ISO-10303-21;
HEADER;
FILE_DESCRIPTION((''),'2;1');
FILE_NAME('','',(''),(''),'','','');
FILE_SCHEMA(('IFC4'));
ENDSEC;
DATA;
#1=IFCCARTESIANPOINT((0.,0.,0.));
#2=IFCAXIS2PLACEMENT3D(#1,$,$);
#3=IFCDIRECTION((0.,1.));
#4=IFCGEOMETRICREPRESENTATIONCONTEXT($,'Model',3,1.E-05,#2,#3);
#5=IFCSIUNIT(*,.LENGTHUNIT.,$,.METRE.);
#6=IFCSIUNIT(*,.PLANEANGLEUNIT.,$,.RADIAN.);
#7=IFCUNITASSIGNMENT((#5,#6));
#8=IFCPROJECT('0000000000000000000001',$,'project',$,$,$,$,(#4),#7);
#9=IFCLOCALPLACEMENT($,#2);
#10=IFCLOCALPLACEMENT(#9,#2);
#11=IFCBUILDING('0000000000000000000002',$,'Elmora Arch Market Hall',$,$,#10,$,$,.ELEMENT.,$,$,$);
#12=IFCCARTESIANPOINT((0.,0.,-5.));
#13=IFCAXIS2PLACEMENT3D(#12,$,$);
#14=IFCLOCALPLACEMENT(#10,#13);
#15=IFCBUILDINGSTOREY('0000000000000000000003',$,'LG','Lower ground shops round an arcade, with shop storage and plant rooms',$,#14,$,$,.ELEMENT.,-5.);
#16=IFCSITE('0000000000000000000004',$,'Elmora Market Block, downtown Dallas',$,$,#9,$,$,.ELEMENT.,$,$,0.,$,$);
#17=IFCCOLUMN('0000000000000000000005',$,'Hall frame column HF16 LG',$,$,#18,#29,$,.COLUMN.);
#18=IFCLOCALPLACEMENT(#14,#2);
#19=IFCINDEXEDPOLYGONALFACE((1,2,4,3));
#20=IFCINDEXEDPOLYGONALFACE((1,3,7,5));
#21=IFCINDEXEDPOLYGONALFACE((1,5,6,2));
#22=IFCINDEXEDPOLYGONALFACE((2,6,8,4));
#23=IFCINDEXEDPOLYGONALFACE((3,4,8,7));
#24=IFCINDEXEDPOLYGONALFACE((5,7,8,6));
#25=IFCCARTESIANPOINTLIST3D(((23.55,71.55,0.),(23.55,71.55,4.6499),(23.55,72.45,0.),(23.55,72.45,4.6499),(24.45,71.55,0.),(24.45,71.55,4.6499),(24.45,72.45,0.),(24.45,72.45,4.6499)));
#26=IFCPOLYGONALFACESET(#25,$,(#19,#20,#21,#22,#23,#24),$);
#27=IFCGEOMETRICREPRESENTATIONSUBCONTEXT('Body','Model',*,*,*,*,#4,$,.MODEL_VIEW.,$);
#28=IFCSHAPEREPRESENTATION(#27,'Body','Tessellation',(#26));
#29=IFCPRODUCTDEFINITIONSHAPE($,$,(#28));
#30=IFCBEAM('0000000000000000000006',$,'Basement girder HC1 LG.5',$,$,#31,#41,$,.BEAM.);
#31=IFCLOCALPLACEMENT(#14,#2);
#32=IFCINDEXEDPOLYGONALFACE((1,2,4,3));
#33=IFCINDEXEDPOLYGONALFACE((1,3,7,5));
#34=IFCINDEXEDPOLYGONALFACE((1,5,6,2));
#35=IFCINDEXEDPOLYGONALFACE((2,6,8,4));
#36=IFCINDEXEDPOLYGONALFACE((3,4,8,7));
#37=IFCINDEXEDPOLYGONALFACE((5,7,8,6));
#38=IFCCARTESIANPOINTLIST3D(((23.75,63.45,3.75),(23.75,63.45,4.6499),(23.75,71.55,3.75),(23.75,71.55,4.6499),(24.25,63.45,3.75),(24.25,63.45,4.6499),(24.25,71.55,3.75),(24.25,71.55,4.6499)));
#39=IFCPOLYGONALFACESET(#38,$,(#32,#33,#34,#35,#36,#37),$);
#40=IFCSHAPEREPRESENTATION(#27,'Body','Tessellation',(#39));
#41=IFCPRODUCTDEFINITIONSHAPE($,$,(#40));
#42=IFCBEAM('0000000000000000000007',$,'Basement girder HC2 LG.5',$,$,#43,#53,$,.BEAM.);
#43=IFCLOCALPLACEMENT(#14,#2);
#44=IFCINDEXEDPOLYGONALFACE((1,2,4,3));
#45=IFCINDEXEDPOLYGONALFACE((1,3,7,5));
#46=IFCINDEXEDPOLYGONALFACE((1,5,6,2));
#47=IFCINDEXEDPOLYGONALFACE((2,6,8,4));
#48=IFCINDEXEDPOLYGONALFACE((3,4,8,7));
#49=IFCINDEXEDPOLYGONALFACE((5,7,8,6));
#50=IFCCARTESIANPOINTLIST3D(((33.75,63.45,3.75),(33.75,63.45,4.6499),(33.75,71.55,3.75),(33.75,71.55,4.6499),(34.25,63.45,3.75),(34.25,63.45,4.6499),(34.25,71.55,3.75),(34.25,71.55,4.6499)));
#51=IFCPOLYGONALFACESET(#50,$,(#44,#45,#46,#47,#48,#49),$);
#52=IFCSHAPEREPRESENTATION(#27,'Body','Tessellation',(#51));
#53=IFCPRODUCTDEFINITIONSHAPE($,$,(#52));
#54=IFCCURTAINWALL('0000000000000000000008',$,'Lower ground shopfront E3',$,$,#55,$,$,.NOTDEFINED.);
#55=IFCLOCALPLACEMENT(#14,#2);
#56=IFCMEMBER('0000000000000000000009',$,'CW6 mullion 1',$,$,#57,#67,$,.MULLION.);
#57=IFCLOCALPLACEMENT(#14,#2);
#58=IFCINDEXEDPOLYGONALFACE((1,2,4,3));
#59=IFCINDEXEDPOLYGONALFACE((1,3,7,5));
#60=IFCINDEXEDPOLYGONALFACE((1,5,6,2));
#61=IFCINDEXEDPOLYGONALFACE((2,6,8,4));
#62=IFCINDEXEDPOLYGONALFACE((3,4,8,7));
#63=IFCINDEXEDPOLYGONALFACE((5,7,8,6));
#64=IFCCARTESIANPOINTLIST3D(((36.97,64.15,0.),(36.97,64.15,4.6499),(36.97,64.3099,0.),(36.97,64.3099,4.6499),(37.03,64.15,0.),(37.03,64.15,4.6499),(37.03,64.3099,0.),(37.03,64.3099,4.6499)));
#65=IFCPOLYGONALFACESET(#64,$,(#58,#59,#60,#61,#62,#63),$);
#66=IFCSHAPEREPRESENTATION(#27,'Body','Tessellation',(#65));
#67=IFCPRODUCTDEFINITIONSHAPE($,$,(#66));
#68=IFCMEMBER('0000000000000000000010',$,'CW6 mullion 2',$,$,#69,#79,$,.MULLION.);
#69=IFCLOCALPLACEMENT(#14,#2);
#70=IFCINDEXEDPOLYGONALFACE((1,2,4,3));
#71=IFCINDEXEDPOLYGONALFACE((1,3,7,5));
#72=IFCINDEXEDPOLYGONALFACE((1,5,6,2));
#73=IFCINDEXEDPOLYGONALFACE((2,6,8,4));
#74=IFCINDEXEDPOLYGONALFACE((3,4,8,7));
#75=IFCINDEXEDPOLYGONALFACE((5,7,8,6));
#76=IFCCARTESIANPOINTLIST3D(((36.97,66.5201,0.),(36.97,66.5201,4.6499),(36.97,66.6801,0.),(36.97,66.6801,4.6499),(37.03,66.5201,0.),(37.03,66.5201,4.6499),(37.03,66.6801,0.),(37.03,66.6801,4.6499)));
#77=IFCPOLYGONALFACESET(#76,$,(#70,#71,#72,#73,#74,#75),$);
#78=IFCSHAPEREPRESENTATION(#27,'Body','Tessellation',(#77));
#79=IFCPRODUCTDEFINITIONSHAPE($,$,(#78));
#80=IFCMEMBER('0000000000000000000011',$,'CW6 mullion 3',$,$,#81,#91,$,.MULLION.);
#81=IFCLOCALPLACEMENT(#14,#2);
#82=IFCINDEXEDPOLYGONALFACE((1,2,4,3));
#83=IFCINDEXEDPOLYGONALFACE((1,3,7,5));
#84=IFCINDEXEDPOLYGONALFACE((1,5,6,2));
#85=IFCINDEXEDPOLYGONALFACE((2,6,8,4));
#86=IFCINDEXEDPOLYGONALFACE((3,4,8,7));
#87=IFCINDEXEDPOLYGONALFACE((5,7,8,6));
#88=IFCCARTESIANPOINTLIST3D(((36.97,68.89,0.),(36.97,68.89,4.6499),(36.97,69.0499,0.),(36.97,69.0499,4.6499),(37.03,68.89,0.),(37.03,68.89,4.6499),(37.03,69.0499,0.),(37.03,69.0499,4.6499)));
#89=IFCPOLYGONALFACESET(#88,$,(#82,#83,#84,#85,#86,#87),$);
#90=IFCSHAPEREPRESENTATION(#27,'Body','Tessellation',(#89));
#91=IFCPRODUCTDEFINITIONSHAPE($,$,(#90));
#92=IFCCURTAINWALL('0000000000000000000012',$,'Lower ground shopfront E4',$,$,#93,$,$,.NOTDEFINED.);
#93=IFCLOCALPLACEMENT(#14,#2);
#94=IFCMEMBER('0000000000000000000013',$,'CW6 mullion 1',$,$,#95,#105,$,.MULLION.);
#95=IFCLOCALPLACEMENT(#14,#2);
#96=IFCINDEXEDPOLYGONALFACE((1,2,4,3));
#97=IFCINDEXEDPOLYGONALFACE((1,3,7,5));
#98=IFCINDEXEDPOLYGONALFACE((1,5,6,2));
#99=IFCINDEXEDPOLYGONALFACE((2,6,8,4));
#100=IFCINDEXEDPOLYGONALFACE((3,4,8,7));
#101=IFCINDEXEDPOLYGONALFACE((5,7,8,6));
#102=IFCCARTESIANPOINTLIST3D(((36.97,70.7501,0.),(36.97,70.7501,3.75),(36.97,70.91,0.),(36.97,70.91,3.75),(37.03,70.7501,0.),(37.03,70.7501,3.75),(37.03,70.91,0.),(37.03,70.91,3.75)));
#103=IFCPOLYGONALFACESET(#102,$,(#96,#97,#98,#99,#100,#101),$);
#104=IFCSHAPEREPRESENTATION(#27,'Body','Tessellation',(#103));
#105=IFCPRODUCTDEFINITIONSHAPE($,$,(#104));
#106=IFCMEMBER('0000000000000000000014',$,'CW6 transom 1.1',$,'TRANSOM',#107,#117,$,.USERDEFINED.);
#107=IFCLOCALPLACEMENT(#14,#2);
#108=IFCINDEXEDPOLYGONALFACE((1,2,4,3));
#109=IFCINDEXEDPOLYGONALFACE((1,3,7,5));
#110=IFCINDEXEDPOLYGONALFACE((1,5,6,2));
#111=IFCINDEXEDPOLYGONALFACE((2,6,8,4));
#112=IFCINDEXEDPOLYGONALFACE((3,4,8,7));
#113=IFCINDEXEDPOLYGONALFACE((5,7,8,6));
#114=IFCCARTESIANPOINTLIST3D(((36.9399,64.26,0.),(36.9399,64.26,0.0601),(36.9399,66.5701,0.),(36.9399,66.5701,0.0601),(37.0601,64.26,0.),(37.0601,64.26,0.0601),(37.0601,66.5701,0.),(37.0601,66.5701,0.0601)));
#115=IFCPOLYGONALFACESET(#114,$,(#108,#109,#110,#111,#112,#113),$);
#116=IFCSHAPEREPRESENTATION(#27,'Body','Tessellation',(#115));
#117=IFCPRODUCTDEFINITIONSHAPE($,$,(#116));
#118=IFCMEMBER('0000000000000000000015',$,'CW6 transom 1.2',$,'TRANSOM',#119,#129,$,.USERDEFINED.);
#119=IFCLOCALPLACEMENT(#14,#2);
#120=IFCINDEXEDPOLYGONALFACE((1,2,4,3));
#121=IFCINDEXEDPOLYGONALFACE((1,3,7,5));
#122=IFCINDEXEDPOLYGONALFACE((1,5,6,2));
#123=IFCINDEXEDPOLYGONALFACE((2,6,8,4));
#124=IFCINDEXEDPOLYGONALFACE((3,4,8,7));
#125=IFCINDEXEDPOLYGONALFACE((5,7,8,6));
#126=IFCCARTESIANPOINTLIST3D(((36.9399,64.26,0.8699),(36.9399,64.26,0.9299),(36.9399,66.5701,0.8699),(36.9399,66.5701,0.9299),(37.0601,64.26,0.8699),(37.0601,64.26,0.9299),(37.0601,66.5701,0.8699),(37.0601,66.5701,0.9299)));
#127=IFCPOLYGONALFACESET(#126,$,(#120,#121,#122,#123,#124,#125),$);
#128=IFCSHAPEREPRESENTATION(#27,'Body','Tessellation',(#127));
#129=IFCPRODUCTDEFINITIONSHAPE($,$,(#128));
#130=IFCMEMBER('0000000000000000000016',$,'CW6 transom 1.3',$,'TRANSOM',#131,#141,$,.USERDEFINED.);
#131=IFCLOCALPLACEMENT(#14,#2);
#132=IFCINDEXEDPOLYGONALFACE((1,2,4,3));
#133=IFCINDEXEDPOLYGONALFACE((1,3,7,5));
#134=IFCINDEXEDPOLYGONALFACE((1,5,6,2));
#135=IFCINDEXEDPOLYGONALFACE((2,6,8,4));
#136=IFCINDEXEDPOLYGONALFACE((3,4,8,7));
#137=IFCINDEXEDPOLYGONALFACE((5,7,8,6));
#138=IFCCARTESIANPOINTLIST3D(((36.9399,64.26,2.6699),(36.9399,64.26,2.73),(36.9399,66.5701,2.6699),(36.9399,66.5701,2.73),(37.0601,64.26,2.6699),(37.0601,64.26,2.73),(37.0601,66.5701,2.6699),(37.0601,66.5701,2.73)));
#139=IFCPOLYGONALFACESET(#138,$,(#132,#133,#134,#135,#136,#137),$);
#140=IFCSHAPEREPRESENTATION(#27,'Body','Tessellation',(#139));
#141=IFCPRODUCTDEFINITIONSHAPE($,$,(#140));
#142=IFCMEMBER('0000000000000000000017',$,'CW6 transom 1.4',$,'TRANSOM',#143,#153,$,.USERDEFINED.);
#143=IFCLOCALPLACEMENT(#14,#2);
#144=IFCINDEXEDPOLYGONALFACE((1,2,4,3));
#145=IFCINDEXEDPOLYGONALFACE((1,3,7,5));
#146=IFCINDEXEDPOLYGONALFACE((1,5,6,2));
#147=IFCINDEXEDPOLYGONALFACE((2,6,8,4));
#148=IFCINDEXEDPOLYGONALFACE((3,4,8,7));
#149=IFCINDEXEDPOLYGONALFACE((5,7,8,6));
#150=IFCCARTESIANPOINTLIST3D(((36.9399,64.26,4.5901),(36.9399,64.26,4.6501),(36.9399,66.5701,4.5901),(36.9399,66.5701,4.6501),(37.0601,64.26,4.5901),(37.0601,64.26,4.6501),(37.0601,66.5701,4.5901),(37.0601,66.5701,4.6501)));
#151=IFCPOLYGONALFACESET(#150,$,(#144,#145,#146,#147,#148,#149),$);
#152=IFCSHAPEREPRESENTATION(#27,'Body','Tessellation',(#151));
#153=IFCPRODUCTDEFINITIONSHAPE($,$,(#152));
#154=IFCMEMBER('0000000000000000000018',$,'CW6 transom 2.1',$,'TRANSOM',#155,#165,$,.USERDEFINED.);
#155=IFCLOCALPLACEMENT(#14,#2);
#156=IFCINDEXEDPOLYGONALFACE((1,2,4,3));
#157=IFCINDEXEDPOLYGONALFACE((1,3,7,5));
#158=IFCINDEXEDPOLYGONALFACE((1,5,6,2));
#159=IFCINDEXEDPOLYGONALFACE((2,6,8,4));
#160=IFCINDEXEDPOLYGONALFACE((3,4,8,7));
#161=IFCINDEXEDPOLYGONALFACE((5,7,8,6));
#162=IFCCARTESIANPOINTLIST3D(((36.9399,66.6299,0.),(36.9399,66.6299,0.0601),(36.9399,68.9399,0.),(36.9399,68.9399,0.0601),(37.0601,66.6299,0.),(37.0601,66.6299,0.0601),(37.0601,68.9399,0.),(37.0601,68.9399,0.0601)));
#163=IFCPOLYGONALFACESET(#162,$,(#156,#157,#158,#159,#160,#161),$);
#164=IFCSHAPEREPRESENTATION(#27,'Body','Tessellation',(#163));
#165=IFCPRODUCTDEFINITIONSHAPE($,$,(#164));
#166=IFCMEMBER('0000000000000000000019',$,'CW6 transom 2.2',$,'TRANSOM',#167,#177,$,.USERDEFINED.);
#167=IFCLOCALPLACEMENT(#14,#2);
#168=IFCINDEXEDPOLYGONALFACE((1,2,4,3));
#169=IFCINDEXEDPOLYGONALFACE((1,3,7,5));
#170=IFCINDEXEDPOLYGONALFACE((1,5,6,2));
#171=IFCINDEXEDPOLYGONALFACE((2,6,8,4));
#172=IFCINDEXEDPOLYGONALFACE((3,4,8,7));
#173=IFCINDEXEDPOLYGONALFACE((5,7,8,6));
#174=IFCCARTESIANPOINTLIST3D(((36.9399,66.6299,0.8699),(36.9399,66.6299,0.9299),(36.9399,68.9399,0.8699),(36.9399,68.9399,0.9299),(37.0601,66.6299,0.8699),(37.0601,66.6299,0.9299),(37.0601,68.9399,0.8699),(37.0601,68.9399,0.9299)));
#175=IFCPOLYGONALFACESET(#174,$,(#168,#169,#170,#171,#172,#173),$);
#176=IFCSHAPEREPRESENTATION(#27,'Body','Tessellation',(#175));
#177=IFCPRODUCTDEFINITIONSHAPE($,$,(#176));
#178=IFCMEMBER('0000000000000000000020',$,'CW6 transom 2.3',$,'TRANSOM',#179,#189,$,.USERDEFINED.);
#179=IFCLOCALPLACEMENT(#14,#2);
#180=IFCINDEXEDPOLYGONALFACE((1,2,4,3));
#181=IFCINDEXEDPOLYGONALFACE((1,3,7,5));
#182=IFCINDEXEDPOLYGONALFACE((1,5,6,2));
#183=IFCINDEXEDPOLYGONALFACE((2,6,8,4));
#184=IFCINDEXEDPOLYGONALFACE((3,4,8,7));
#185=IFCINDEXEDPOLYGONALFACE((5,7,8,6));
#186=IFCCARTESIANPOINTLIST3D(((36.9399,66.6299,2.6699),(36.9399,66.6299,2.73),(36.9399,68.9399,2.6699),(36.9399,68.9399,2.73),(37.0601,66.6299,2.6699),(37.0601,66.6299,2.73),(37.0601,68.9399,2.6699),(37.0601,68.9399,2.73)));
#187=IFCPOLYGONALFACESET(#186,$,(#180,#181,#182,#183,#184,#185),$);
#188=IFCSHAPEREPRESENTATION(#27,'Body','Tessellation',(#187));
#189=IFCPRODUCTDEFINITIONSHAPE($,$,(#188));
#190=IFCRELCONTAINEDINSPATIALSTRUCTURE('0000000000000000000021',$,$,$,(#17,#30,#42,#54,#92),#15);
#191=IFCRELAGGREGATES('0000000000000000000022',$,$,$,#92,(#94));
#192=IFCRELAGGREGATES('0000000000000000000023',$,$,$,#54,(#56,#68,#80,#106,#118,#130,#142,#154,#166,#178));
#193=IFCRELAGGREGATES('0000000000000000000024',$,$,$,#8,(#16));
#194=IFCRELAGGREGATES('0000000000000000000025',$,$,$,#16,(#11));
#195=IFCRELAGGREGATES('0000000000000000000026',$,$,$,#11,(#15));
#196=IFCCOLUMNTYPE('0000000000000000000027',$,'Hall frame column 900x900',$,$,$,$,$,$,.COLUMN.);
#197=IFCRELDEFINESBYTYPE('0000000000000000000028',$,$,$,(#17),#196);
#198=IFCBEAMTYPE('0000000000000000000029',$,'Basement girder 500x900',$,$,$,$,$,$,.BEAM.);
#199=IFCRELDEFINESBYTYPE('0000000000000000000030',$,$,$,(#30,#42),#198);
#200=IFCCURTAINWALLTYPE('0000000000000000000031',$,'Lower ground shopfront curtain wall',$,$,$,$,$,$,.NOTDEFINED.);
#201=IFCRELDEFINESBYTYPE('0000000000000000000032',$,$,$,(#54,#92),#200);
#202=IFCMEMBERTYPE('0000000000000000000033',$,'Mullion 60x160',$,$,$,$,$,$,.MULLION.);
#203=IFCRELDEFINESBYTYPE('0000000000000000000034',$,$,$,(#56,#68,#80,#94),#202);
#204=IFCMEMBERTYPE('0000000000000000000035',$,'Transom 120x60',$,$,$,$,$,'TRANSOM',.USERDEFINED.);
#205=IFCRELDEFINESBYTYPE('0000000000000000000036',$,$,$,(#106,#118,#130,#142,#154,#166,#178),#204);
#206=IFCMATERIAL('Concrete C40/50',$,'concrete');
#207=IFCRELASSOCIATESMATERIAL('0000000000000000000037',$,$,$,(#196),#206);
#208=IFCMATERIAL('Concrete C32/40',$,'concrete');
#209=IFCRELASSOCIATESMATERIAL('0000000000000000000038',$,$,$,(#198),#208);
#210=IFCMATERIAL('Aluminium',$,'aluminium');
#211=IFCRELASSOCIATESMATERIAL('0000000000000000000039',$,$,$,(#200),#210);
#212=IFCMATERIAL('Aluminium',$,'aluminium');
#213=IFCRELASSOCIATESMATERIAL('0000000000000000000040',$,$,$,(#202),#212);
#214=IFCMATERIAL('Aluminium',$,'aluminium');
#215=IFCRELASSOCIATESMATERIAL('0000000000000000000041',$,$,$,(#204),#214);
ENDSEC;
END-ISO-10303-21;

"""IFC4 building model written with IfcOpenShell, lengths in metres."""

from ifc_helpers import new_model, si_unit, direction, frame, origin, origin_2d, place, context, subcontext, project, spatial, rectangle, extrude, material, material_profile, profile_set, type_object, element, aggregate, save


model = new_model("IFC4")

# Units and contexts
model_context = context("Model", 3, precision=1e-05, world=origin(), true_north=direction((0.0, 1.0)))
body_context = subcontext(model_context, "Body", "Model", "MODEL_VIEW")
ifc_project = project(units=[si_unit("LENGTHUNIT", "METRE"), si_unit("PLANEANGLEUNIT", "RADIAN")], contexts=[model_context])

# Site, building, storey
site_placement = place(None, origin())
site = spatial("IfcSite", under=ifc_project, at=site_placement, Name="Elmora Market Block, downtown Dallas", CompositionType="ELEMENT", RefElevation=0.0)
building_placement = place(site_placement, origin())
building = spatial("IfcBuilding", under=site, at=building_placement, Name="Elmora Arch Market Hall", CompositionType="ELEMENT")
storey_placement = place(building_placement, frame((0.0, 0.0, -5.0)))
storey = spatial("IfcBuildingStorey", under=building, at=storey_placement, Name="LG", Description="Lower ground shops round an arcade, with shop storage and plant rooms", CompositionType="ELEMENT", Elevation=-5.0)

# Column
ifc_material_1 = material(Name="Concrete C40/50", Category="concrete")
ifc_material_profile_1 = material_profile(ifc_material_1, rectangle(XDim=0.8999, YDim=0.8999, at=origin_2d()), Name="Hall frame column 900x900")
ifc_profile_set_1 = profile_set([ifc_material_profile_1], Name="Concrete C40/50")
column_type = type_object("IfcColumnType", Name="Hall frame column 900x900", PredefinedType="COLUMN", material=ifc_profile_set_1)
column_placement = place(storey_placement, frame((24.0, 72.0, 0.0), z_axis=(0.0, 0.0, 1.0), x_axis=(1.0, 0.0, 0.0)))
element("IfcColumn", 1, at=column_placement, inside=storey, type_object=column_type, Name="Hall frame column HF16 LG", PredefinedType="COLUMN", context=body_context, shape_type="SweptSolid", body=[
    extrude(rectangle(XDim=0.8999, YDim=0.8999, at=origin_2d()), origin(), (0.0, 0.0, 1.0), 4.6499),
])

# Beams
ifc_material_2 = material(Name="Concrete C32/40", Category="concrete")
ifc_material_profile_2 = material_profile(ifc_material_2, rectangle(XDim=0.5, YDim=0.8999, at=origin_2d()), Name="Basement girder 500x900")
ifc_profile_set_2 = profile_set([ifc_material_profile_2], Name="Concrete C32/40")
beam_type = type_object("IfcBeamType", Name="Basement girder 500x900", PredefinedType="BEAM", material=ifc_profile_set_2)
for number, where, z_axis, x_axis, name in (
    (2, (24.0, 63.45, 4.2), (0.0, 1.0, 0.0), (-1.0, 0.0, 0.0), "Basement girder HC1 LG.5"),
    (3, (34.0, 63.45, 4.2), (0.0, 1.0, 0.0), (-1.0, 0.0, 0.0), "Basement girder HC2 LG.5"),
):
    element("IfcBeam", number, at=place(storey_placement, frame(where, z_axis=z_axis, x_axis=x_axis)), inside=storey, type_object=beam_type, Name=name, PredefinedType="BEAM", context=body_context, shape_type="SweptSolid", body=[
        extrude(rectangle(XDim=0.5, YDim=0.8999, at=origin_2d()), origin(), (0.0, 0.0, 1.0), 8.1001),
    ])

# Curtain wall, members
ifc_material_3 = material(Name="Aluminium", Category="aluminium")
curtain_wall_type = type_object("IfcCurtainWallType", Name="Lower ground shopfront curtain wall", PredefinedType="NOTDEFINED", material=ifc_material_3)
curtain_wall_1_placement = place(storey_placement, origin())
curtain_wall_1 = element("IfcCurtainWall", 4, at=curtain_wall_1_placement, inside=storey, type_object=curtain_wall_type, Name="Lower ground shopfront E3", PredefinedType="NOTDEFINED")
ifc_material_4 = material(Name="Aluminium", Category="aluminium")
ifc_material_profile_3 = material_profile(ifc_material_4, rectangle(XDim=0.0601, YDim=0.1599, at=origin_2d()), Name="AL 60x160")
ifc_profile_set_3 = profile_set([ifc_material_profile_3], Name="Aluminium")
member_type_1 = type_object("IfcMemberType", Name="Mullion 60x160", PredefinedType="MULLION", material=ifc_profile_set_3)
member_1_placement = place(storey_placement, frame((37.0, 64.23, 0.0), z_axis=(0.0, 0.0, 1.0), x_axis=(-1.0, 0.0, 0.0)))
member_1 = element("IfcMember", 5, at=member_1_placement, type_object=member_type_1, Name="CW6 mullion 1", PredefinedType="MULLION", context=body_context, shape_type="SweptSolid", body=[
    extrude(rectangle(XDim=0.0601, YDim=0.1599, at=origin_2d()), origin(), (0.0, 0.0, 1.0), 4.6499),
])
member_2_placement = place(storey_placement, frame((37.0, 66.6001, 0.0), z_axis=(0.0, 0.0, 1.0), x_axis=(-1.0, 0.0, 0.0)))
member_2 = element("IfcMember", 6, at=member_2_placement, type_object=member_type_1, Name="CW6 mullion 2", PredefinedType="MULLION", context=body_context, shape_type="SweptSolid", body=[
    extrude(rectangle(XDim=0.0601, YDim=0.1599, at=origin_2d()), origin(), (0.0, 0.0, 1.0), 4.6499),
])
member_3_placement = place(storey_placement, frame((37.0, 68.97, 0.0), z_axis=(0.0, 0.0, 1.0), x_axis=(-1.0, 0.0, 0.0)))
member_3 = element("IfcMember", 7, at=member_3_placement, type_object=member_type_1, Name="CW6 mullion 3", PredefinedType="MULLION", context=body_context, shape_type="SweptSolid", body=[
    extrude(rectangle(XDim=0.0601, YDim=0.1599, at=origin_2d()), origin(), (0.0, 0.0, 1.0), 4.6499),
])

# Curtain wall, member
curtain_wall_2_placement = place(storey_placement, origin())
curtain_wall_2 = element("IfcCurtainWall", 8, at=curtain_wall_2_placement, inside=storey, type_object=curtain_wall_type, Name="Lower ground shopfront E4", PredefinedType="NOTDEFINED")
member_4_placement = place(storey_placement, frame((37.0, 70.8301, 0.0), z_axis=(0.0, 0.0, 1.0), x_axis=(-1.0, 0.0, 0.0)))
member_4 = element("IfcMember", 9, at=member_4_placement, type_object=member_type_1, Name="CW6 mullion 1", PredefinedType="MULLION", context=body_context, shape_type="SweptSolid", body=[
    extrude(rectangle(XDim=0.0601, YDim=0.1599, at=origin_2d()), origin(), (0.0, 0.0, 1.0), 3.75),
])

# Members
ifc_material_5 = material(Name="Aluminium", Category="aluminium")
ifc_material_profile_4 = material_profile(ifc_material_5, rectangle(XDim=0.1201, YDim=0.0601, at=origin_2d()), Name="AL 120x60")
ifc_profile_set_4 = profile_set([ifc_material_profile_4], Name="Aluminium")
member_type_2 = type_object("IfcMemberType", Name="Transom 120x60", ElementType="TRANSOM", PredefinedType="USERDEFINED", material=ifc_profile_set_4)
member_5_placement = place(storey_placement, frame((37.0, 64.26, 0.03), z_axis=(0.0, 1.0, 0.0), x_axis=(-1.0, 0.0, 0.0)))
member_5 = element("IfcMember", 10, at=member_5_placement, type_object=member_type_2, Name="CW6 transom 1.1", ObjectType="TRANSOM", PredefinedType="USERDEFINED", context=body_context, shape_type="SweptSolid", body=[
    extrude(rectangle(XDim=0.1201, YDim=0.0601, at=origin_2d()), origin(), (0.0, 0.0, 1.0), 2.3101),
])
member_6_placement = place(storey_placement, frame((37.0, 64.26, 0.8999), z_axis=(0.0, 1.0, 0.0), x_axis=(-1.0, 0.0, 0.0)))
member_6 = element("IfcMember", 11, at=member_6_placement, type_object=member_type_2, Name="CW6 transom 1.2", ObjectType="TRANSOM", PredefinedType="USERDEFINED", context=body_context, shape_type="SweptSolid", body=[
    extrude(rectangle(XDim=0.1201, YDim=0.0601, at=origin_2d()), origin(), (0.0, 0.0, 1.0), 2.3101),
])
member_7_placement = place(storey_placement, frame((37.0, 64.26, 2.7), z_axis=(0.0, 1.0, 0.0), x_axis=(-1.0, 0.0, 0.0)))
member_7 = element("IfcMember", 12, at=member_7_placement, type_object=member_type_2, Name="CW6 transom 1.3", ObjectType="TRANSOM", PredefinedType="USERDEFINED", context=body_context, shape_type="SweptSolid", body=[
    extrude(rectangle(XDim=0.1201, YDim=0.0601, at=origin_2d()), origin(), (0.0, 0.0, 1.0), 2.3101),
])
member_8_placement = place(storey_placement, frame((37.0, 64.26, 4.6201), z_axis=(0.0, 1.0, 0.0), x_axis=(-1.0, 0.0, 0.0)))
member_8 = element("IfcMember", 13, at=member_8_placement, type_object=member_type_2, Name="CW6 transom 1.4", ObjectType="TRANSOM", PredefinedType="USERDEFINED", context=body_context, shape_type="SweptSolid", body=[
    extrude(rectangle(XDim=0.1201, YDim=0.0601, at=origin_2d()), origin(), (0.0, 0.0, 1.0), 2.3101),
])
member_9_placement = place(storey_placement, frame((37.0, 66.6299, 0.03), z_axis=(0.0, 1.0, 0.0), x_axis=(-1.0, 0.0, 0.0)))
member_9 = element("IfcMember", 14, at=member_9_placement, type_object=member_type_2, Name="CW6 transom 2.1", ObjectType="TRANSOM", PredefinedType="USERDEFINED", context=body_context, shape_type="SweptSolid", body=[
    extrude(rectangle(XDim=0.1201, YDim=0.0601, at=origin_2d()), origin(), (0.0, 0.0, 1.0), 2.3101),
])
member_10_placement = place(storey_placement, frame((37.0, 66.6299, 0.8999), z_axis=(0.0, 1.0, 0.0), x_axis=(-1.0, 0.0, 0.0)))
member_10 = element("IfcMember", 15, at=member_10_placement, type_object=member_type_2, Name="CW6 transom 2.2", ObjectType="TRANSOM", PredefinedType="USERDEFINED", context=body_context, shape_type="SweptSolid", body=[
    extrude(rectangle(XDim=0.1201, YDim=0.0601, at=origin_2d()), origin(), (0.0, 0.0, 1.0), 2.3101),
])
member_11_placement = place(storey_placement, frame((37.0, 66.6299, 2.7), z_axis=(0.0, 1.0, 0.0), x_axis=(-1.0, 0.0, 0.0)))
member_11 = element("IfcMember", 16, at=member_11_placement, type_object=member_type_2, Name="CW6 transom 2.3", ObjectType="TRANSOM", PredefinedType="USERDEFINED", context=body_context, shape_type="SweptSolid", body=[
    extrude(rectangle(XDim=0.1201, YDim=0.0601, at=origin_2d()), origin(), (0.0, 0.0, 1.0), 2.3101),
])
aggregate(curtain_wall_2, [member_4])

aggregate(curtain_wall_1, [member_1, member_2, member_3, member_5, member_6, member_7, member_8, member_9, member_10, member_11])

save(model, "model.ifc")
